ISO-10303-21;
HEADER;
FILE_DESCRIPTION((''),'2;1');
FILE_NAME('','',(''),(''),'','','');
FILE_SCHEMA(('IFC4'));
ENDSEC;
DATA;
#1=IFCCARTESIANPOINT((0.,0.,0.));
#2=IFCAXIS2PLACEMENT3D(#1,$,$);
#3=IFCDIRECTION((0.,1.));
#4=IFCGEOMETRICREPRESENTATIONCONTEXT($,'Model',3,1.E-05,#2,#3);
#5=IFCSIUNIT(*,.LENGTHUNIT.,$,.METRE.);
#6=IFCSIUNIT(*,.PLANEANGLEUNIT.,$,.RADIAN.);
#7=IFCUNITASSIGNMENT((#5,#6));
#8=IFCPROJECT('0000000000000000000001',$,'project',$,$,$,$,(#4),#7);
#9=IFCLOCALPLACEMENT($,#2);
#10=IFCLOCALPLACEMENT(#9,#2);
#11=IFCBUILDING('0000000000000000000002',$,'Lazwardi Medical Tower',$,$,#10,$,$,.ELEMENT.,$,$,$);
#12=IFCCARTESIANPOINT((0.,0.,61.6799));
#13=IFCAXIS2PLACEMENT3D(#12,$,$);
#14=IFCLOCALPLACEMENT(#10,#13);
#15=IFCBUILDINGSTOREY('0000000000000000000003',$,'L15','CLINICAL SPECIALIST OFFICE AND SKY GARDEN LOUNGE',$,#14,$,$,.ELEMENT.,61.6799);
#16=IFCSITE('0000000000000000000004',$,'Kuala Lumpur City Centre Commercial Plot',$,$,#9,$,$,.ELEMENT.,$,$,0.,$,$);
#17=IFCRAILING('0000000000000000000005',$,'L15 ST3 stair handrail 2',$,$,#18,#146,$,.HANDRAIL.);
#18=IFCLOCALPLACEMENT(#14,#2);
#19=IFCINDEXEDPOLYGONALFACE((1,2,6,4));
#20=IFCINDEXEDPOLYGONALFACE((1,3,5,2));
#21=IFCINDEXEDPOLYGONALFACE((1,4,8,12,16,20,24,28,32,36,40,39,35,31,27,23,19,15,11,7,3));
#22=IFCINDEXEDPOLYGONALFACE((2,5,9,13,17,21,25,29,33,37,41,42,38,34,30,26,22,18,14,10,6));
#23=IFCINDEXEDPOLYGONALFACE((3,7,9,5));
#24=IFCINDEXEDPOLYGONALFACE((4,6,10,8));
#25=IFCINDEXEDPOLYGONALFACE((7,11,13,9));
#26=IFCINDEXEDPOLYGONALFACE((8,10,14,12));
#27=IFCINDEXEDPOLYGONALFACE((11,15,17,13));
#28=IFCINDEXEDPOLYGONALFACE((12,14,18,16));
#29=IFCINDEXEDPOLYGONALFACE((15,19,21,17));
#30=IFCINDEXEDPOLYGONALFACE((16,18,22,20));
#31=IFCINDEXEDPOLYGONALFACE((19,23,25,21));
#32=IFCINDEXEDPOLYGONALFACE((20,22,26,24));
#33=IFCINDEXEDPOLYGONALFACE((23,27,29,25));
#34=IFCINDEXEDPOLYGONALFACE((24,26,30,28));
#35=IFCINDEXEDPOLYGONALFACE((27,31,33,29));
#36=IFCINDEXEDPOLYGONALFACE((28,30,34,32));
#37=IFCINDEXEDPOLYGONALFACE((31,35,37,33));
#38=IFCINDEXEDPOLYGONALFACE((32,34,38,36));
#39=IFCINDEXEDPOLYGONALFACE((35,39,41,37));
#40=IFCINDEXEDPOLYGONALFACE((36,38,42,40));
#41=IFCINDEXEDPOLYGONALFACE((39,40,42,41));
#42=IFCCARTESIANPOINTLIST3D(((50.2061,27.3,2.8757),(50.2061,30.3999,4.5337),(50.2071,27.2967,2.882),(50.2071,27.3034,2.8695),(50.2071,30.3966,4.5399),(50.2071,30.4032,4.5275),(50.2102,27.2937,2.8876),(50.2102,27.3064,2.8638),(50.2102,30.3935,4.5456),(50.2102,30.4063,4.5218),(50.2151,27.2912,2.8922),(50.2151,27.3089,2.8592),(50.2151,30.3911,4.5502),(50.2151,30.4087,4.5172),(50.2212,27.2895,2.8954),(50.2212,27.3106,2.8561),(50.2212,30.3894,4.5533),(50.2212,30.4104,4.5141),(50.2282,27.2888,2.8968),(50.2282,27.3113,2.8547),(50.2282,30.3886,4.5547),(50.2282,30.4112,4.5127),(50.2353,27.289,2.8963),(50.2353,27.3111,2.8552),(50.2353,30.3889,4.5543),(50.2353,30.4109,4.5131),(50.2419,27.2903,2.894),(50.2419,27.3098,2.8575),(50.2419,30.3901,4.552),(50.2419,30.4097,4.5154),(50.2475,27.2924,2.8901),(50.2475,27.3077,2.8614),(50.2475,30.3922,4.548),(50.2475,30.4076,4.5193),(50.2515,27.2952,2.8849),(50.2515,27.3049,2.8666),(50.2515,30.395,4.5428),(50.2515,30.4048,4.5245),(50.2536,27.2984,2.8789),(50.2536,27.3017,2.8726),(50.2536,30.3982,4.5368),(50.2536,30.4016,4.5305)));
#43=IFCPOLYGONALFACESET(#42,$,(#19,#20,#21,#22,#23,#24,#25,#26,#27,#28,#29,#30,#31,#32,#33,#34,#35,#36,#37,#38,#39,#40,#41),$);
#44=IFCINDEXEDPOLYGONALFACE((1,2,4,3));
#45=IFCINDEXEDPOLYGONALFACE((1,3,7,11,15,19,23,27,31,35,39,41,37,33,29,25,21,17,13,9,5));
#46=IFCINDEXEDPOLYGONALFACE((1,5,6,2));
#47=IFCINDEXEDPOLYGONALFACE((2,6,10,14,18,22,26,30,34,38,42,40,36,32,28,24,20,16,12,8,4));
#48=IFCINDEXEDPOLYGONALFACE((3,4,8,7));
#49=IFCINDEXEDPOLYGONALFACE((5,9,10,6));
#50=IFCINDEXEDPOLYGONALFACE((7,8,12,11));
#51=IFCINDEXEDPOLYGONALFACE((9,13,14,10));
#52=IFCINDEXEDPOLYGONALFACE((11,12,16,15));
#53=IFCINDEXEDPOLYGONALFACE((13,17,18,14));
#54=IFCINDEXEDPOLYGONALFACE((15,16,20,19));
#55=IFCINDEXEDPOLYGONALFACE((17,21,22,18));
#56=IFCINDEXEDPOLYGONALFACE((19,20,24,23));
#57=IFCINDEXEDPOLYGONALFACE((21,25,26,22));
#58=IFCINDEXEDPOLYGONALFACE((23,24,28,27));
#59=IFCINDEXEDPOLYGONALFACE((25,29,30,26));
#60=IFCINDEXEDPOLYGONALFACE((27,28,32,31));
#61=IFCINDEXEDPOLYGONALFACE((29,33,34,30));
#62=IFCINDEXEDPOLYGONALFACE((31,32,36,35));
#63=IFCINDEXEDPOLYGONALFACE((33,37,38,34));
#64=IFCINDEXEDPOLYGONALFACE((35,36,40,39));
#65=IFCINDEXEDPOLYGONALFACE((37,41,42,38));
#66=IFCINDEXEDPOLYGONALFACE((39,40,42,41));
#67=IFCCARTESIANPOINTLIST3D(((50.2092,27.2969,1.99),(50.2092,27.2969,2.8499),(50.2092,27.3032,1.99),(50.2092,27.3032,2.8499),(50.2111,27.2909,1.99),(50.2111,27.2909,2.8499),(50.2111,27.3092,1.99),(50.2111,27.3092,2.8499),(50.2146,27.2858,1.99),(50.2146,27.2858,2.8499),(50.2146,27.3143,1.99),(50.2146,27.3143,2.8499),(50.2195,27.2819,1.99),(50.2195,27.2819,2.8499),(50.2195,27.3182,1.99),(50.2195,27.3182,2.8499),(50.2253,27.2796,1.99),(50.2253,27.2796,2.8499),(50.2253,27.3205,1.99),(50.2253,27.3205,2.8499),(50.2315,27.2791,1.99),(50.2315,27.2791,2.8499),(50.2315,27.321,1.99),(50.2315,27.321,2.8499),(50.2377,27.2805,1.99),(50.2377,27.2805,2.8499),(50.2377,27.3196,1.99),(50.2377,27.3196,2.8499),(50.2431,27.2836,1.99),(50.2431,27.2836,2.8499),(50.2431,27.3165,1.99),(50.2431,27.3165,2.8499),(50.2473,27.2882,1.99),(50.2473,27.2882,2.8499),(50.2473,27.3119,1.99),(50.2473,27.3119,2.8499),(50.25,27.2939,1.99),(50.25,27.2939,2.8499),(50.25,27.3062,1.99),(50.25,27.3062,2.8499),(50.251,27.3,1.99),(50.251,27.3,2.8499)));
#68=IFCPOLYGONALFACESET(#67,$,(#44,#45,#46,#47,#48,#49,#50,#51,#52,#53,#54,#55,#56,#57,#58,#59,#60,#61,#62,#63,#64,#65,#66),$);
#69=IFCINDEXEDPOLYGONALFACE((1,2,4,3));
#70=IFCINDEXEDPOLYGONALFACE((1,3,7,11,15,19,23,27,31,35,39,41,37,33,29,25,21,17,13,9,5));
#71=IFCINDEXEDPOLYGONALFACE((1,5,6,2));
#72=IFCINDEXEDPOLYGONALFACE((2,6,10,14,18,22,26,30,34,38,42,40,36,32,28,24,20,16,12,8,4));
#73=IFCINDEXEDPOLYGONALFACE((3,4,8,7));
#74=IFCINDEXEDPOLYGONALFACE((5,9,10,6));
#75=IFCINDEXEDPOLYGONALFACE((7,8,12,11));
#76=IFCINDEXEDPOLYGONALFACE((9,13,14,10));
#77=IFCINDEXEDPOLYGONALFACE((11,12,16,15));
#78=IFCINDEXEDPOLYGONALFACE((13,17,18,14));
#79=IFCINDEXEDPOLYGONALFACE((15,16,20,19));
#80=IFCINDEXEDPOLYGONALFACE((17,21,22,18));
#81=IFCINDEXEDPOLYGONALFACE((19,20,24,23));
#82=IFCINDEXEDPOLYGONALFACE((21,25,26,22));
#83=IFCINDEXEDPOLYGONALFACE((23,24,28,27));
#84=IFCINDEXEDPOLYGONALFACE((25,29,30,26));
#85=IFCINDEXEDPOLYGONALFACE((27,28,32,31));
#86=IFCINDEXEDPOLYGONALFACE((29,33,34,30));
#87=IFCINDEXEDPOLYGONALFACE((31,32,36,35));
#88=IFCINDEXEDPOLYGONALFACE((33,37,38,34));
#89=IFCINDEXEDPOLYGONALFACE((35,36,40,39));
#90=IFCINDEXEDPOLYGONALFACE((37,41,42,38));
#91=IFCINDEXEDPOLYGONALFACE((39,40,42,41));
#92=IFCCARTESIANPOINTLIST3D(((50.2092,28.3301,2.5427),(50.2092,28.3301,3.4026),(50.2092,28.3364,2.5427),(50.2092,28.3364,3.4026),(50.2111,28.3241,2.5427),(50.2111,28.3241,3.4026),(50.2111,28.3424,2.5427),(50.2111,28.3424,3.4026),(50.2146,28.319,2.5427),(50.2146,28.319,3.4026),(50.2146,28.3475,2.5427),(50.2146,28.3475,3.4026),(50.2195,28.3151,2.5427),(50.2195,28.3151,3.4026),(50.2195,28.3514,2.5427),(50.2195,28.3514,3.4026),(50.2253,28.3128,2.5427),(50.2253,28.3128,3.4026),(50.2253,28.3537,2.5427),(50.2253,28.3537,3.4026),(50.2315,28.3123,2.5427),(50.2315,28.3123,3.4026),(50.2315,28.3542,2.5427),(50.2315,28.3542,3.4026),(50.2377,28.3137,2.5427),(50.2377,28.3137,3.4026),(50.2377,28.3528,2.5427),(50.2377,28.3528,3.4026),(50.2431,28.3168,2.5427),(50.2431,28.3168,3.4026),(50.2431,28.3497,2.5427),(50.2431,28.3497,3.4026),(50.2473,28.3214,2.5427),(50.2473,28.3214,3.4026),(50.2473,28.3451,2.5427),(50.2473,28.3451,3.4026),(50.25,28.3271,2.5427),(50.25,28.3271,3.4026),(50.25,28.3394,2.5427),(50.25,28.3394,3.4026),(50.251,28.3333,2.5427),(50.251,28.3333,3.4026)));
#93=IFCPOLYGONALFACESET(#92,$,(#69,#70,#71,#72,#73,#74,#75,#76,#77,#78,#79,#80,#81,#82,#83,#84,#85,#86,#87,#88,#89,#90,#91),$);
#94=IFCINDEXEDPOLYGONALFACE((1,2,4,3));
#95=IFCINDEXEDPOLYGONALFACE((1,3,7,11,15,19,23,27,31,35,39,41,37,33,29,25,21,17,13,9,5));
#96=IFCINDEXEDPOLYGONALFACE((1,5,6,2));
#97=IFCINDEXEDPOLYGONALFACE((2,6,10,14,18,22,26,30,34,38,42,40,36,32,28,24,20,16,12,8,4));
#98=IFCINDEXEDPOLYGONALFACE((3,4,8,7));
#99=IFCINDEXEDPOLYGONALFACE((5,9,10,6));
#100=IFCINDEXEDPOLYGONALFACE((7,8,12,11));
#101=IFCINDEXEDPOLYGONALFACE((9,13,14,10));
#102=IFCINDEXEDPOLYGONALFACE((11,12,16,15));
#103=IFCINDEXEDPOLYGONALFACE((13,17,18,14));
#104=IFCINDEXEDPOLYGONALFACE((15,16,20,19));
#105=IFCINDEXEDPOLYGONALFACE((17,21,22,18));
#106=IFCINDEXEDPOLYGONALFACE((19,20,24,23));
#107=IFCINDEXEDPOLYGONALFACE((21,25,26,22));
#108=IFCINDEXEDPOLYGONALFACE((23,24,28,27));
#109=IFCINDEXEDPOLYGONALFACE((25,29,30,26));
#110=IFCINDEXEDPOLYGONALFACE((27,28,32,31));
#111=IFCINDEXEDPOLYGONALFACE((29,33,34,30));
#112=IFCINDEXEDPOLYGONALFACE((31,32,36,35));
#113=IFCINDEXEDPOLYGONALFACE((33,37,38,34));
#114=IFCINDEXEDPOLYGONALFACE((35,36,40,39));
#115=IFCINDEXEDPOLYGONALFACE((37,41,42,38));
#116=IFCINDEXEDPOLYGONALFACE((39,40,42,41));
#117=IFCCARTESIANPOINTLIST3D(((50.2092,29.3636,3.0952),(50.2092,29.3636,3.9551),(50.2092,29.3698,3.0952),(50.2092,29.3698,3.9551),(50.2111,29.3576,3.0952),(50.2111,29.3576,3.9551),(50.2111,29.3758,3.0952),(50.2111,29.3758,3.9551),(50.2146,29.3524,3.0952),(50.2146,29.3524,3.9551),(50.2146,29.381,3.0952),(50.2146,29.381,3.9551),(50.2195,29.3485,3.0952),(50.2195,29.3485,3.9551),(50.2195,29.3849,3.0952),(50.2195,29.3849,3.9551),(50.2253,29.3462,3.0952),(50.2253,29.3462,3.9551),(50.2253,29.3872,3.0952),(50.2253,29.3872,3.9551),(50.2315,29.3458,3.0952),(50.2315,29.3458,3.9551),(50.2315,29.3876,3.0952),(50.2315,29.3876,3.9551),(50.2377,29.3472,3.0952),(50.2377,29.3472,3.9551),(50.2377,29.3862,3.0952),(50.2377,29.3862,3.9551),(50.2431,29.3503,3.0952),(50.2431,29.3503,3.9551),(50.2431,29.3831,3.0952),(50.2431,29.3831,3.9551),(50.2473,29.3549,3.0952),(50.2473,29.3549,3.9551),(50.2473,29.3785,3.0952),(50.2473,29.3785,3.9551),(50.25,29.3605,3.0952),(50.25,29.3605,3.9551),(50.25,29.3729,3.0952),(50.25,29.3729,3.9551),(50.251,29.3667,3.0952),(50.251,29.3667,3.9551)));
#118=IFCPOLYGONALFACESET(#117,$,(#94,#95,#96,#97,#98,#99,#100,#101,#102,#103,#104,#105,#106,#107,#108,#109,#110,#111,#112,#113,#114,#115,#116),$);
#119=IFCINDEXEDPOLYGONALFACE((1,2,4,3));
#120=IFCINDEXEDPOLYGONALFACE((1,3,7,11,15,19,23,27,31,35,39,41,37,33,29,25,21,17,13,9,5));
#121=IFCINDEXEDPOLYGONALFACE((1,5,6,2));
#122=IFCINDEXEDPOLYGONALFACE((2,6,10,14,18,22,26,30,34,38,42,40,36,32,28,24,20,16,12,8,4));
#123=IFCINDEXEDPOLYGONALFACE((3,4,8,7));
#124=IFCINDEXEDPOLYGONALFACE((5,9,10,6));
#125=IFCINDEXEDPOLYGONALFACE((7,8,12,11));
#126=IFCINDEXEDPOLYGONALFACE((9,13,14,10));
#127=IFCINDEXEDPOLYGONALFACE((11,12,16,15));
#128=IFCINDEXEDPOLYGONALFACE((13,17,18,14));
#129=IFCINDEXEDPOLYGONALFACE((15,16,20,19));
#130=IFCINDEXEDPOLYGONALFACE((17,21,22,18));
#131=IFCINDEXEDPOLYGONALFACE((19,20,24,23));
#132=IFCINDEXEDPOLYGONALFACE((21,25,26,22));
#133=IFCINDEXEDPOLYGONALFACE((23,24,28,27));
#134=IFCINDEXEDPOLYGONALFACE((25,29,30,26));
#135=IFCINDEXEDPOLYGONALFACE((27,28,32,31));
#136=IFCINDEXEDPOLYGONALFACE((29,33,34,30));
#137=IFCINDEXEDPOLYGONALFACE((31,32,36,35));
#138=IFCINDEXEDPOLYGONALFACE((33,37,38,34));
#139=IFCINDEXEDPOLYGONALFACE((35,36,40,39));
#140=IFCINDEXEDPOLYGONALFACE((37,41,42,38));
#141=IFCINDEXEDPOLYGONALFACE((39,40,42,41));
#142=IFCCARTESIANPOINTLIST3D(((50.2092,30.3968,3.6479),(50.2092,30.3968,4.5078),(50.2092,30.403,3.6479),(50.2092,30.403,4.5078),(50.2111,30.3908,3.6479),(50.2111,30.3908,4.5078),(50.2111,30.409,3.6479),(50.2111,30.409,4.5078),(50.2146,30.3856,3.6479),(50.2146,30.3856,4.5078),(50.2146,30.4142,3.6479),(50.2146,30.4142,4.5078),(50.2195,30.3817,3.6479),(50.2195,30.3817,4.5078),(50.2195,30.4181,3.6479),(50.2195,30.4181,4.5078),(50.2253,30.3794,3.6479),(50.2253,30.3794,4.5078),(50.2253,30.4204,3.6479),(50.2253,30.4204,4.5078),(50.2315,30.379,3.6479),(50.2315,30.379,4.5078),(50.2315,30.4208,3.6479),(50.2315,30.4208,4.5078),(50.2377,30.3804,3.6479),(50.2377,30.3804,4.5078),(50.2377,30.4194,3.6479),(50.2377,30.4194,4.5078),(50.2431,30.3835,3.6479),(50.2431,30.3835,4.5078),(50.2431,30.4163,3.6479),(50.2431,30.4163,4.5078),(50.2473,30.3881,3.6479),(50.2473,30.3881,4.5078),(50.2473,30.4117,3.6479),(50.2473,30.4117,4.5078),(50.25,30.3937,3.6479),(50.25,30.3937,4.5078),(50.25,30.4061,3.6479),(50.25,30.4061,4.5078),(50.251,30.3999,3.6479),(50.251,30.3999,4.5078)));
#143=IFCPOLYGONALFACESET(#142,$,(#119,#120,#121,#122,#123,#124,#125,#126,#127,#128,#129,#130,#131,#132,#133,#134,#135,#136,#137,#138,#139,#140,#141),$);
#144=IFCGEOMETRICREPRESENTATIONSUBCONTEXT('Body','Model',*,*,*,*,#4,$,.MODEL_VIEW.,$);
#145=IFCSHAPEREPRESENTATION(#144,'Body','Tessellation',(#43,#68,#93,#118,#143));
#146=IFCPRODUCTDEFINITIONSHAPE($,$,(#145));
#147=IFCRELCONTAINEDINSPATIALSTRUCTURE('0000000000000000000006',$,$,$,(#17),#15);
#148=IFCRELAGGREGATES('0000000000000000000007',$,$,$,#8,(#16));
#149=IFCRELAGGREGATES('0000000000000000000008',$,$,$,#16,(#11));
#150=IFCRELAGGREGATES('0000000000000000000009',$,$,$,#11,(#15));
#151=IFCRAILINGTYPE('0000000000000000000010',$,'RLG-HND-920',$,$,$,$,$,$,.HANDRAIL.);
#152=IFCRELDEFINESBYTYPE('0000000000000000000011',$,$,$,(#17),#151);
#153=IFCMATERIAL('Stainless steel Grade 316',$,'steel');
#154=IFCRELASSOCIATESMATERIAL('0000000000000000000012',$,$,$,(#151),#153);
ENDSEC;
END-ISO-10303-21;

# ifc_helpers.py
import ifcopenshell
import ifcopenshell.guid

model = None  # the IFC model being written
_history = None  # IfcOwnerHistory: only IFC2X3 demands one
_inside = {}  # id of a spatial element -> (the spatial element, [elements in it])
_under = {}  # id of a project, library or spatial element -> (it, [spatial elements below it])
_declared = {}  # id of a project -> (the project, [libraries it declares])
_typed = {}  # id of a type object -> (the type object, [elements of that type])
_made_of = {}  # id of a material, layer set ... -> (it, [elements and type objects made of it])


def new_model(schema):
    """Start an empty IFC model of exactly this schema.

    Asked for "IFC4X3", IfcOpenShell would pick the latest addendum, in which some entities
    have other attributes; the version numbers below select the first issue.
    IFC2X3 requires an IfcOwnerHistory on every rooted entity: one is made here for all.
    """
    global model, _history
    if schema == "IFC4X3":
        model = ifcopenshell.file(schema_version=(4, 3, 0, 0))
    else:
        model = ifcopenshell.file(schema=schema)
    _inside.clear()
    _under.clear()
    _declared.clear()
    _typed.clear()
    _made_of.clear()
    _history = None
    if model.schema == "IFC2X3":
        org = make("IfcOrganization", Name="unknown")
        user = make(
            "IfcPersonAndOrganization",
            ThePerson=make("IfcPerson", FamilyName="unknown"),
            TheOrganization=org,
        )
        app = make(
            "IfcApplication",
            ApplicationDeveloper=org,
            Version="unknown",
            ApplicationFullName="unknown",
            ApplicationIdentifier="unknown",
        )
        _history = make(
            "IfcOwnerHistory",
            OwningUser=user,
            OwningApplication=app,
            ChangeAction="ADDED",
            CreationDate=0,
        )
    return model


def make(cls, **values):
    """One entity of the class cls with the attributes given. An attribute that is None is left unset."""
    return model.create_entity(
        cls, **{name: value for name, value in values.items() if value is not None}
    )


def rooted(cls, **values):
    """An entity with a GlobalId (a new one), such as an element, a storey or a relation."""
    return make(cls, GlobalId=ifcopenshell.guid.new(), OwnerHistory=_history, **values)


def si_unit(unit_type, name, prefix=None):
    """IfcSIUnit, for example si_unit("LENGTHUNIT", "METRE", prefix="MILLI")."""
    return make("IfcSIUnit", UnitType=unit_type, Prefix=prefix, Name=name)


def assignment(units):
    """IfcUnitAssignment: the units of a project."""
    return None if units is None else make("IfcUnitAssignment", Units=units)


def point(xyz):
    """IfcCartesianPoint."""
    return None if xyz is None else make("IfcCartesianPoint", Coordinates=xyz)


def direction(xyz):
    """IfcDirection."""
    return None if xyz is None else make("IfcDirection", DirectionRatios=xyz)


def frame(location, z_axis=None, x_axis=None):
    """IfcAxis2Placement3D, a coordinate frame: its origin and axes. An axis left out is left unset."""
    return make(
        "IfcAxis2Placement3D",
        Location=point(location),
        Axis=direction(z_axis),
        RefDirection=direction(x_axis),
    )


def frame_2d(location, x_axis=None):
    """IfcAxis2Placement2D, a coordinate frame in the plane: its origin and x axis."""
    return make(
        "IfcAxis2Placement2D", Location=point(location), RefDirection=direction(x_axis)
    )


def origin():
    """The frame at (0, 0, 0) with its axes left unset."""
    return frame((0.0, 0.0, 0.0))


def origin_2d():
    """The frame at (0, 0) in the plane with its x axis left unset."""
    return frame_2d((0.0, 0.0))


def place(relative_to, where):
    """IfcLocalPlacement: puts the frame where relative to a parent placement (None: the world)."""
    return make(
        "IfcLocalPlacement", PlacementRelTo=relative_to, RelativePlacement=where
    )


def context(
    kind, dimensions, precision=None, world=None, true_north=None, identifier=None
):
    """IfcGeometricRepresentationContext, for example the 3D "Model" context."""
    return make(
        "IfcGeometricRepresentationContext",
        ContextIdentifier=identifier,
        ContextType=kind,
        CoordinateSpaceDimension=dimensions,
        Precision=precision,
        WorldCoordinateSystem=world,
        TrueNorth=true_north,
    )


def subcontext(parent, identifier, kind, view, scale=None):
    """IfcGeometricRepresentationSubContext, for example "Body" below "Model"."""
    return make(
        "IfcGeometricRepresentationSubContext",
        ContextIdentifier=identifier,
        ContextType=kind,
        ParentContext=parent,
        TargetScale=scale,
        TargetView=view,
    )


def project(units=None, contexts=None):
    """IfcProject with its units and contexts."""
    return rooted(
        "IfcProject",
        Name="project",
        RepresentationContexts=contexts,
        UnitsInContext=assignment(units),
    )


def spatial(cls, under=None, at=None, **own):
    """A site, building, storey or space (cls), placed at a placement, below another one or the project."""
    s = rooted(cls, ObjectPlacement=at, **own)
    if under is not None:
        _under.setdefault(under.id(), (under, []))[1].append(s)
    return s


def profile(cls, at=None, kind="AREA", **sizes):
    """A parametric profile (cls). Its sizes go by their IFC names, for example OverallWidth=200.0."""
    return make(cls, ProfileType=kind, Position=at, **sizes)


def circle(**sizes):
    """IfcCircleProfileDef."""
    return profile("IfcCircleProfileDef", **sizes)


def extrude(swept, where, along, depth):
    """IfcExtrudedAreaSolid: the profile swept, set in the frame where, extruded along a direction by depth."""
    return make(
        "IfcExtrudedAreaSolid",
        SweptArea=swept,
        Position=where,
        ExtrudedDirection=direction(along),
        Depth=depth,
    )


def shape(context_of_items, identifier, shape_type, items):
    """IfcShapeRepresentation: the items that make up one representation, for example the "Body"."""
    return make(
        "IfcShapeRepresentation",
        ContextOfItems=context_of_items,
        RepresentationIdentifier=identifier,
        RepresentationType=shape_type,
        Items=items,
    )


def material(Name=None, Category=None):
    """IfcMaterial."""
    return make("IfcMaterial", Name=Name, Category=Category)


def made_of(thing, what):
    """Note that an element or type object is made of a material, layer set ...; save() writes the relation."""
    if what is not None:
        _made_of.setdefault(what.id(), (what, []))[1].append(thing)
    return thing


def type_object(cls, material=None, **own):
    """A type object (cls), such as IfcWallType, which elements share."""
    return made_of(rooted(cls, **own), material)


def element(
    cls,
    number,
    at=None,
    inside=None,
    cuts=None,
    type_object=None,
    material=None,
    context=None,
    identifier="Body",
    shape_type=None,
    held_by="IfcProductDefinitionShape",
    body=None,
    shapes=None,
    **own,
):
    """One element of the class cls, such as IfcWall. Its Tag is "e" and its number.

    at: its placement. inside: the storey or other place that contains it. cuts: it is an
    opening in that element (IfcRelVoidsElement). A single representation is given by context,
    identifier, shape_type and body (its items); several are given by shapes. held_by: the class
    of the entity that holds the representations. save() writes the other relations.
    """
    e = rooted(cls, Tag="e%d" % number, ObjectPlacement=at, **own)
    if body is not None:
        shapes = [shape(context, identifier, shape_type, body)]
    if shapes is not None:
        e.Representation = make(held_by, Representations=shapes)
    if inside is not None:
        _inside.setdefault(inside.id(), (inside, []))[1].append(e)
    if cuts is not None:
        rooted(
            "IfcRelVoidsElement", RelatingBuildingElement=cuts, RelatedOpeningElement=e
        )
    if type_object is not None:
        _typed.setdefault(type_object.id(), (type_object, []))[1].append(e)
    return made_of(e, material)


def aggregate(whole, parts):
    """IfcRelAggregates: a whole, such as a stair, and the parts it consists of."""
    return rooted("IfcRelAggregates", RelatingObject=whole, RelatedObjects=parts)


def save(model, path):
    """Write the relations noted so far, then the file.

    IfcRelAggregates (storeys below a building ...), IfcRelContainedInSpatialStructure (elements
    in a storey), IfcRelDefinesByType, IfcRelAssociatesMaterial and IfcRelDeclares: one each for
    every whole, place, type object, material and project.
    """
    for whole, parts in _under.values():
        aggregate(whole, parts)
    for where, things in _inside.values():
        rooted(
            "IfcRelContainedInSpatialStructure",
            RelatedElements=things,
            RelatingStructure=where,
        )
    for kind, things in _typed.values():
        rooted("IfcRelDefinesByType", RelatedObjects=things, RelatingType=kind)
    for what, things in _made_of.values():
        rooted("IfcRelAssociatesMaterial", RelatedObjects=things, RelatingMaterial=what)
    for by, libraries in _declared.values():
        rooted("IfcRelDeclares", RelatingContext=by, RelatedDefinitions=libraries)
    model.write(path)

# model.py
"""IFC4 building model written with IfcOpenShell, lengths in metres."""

from ifc_helpers import new_model, si_unit, direction, frame, origin, origin_2d, place, context, subcontext, project, spatial, circle, extrude, material, type_object, element, save


model = new_model("IFC4")

# Units and contexts
model_context = context("Model", 3, precision=1e-05, world=origin(), true_north=direction((0.0, 1.0)))
body_context = subcontext(model_context, "Body", "Model", "MODEL_VIEW")
ifc_project = project(units=[si_unit("LENGTHUNIT", "METRE"), si_unit("PLANEANGLEUNIT", "RADIAN")], contexts=[model_context])

# Site, building, storey
site_placement = place(None, origin())
site = spatial("IfcSite", under=ifc_project, at=site_placement, Name="Kuala Lumpur City Centre Commercial Plot", CompositionType="ELEMENT", RefElevation=0.0)
building_placement = place(site_placement, origin())
building = spatial("IfcBuilding", under=site, at=building_placement, Name="Lazwardi Medical Tower", CompositionType="ELEMENT")
storey_placement = place(building_placement, frame((0.0, 0.0, 61.6799)))
storey = spatial("IfcBuildingStorey", under=building, at=storey_placement, Name="L15", Description="CLINICAL SPECIALIST OFFICE AND SKY GARDEN LOUNGE", CompositionType="ELEMENT", Elevation=61.6799)

# Railing
ifc_material_1 = material(Name="Stainless steel Grade 316", Category="steel")
railing_type = type_object("IfcRailingType", Name="RLG-HND-920", PredefinedType="HANDRAIL", material=ifc_material_1)
railing_placement = place(storey_placement, frame((50.23, 27.3, 1.99)))
element("IfcRailing", 1, at=railing_placement, inside=storey, type_object=railing_type, Name="L15 ST3 stair handrail 2", PredefinedType="HANDRAIL", context=body_context, shape_type="SweptSolid", body=[
    extrude(circle(Radius=0.0239, at=origin_2d()), frame((0.0, 0.0, 0.8857), z_axis=(0.0, 0.881797, 0.47163), x_axis=(-1.0, 0.0, 0.0)), (0.0, 0.0, 1.0), 3.5154),
    extrude(circle(Radius=0.021, at=origin_2d()), origin(), (0.0, 0.0, 1.0), 0.8599),
    extrude(circle(Radius=0.021, at=origin_2d()), frame((0.0, 1.0332, 0.5527)), (0.0, 0.0, 1.0), 0.8599),
    extrude(circle(Radius=0.021, at=origin_2d()), frame((0.0, 2.0667, 1.1052)), (0.0, 0.0, 1.0), 0.8599),
    extrude(circle(Radius=0.021, at=origin_2d()), frame((0.0, 3.0999, 1.658)), (0.0, 0.0, 1.0), 0.8599),
])

save(model, "model.ifc")
